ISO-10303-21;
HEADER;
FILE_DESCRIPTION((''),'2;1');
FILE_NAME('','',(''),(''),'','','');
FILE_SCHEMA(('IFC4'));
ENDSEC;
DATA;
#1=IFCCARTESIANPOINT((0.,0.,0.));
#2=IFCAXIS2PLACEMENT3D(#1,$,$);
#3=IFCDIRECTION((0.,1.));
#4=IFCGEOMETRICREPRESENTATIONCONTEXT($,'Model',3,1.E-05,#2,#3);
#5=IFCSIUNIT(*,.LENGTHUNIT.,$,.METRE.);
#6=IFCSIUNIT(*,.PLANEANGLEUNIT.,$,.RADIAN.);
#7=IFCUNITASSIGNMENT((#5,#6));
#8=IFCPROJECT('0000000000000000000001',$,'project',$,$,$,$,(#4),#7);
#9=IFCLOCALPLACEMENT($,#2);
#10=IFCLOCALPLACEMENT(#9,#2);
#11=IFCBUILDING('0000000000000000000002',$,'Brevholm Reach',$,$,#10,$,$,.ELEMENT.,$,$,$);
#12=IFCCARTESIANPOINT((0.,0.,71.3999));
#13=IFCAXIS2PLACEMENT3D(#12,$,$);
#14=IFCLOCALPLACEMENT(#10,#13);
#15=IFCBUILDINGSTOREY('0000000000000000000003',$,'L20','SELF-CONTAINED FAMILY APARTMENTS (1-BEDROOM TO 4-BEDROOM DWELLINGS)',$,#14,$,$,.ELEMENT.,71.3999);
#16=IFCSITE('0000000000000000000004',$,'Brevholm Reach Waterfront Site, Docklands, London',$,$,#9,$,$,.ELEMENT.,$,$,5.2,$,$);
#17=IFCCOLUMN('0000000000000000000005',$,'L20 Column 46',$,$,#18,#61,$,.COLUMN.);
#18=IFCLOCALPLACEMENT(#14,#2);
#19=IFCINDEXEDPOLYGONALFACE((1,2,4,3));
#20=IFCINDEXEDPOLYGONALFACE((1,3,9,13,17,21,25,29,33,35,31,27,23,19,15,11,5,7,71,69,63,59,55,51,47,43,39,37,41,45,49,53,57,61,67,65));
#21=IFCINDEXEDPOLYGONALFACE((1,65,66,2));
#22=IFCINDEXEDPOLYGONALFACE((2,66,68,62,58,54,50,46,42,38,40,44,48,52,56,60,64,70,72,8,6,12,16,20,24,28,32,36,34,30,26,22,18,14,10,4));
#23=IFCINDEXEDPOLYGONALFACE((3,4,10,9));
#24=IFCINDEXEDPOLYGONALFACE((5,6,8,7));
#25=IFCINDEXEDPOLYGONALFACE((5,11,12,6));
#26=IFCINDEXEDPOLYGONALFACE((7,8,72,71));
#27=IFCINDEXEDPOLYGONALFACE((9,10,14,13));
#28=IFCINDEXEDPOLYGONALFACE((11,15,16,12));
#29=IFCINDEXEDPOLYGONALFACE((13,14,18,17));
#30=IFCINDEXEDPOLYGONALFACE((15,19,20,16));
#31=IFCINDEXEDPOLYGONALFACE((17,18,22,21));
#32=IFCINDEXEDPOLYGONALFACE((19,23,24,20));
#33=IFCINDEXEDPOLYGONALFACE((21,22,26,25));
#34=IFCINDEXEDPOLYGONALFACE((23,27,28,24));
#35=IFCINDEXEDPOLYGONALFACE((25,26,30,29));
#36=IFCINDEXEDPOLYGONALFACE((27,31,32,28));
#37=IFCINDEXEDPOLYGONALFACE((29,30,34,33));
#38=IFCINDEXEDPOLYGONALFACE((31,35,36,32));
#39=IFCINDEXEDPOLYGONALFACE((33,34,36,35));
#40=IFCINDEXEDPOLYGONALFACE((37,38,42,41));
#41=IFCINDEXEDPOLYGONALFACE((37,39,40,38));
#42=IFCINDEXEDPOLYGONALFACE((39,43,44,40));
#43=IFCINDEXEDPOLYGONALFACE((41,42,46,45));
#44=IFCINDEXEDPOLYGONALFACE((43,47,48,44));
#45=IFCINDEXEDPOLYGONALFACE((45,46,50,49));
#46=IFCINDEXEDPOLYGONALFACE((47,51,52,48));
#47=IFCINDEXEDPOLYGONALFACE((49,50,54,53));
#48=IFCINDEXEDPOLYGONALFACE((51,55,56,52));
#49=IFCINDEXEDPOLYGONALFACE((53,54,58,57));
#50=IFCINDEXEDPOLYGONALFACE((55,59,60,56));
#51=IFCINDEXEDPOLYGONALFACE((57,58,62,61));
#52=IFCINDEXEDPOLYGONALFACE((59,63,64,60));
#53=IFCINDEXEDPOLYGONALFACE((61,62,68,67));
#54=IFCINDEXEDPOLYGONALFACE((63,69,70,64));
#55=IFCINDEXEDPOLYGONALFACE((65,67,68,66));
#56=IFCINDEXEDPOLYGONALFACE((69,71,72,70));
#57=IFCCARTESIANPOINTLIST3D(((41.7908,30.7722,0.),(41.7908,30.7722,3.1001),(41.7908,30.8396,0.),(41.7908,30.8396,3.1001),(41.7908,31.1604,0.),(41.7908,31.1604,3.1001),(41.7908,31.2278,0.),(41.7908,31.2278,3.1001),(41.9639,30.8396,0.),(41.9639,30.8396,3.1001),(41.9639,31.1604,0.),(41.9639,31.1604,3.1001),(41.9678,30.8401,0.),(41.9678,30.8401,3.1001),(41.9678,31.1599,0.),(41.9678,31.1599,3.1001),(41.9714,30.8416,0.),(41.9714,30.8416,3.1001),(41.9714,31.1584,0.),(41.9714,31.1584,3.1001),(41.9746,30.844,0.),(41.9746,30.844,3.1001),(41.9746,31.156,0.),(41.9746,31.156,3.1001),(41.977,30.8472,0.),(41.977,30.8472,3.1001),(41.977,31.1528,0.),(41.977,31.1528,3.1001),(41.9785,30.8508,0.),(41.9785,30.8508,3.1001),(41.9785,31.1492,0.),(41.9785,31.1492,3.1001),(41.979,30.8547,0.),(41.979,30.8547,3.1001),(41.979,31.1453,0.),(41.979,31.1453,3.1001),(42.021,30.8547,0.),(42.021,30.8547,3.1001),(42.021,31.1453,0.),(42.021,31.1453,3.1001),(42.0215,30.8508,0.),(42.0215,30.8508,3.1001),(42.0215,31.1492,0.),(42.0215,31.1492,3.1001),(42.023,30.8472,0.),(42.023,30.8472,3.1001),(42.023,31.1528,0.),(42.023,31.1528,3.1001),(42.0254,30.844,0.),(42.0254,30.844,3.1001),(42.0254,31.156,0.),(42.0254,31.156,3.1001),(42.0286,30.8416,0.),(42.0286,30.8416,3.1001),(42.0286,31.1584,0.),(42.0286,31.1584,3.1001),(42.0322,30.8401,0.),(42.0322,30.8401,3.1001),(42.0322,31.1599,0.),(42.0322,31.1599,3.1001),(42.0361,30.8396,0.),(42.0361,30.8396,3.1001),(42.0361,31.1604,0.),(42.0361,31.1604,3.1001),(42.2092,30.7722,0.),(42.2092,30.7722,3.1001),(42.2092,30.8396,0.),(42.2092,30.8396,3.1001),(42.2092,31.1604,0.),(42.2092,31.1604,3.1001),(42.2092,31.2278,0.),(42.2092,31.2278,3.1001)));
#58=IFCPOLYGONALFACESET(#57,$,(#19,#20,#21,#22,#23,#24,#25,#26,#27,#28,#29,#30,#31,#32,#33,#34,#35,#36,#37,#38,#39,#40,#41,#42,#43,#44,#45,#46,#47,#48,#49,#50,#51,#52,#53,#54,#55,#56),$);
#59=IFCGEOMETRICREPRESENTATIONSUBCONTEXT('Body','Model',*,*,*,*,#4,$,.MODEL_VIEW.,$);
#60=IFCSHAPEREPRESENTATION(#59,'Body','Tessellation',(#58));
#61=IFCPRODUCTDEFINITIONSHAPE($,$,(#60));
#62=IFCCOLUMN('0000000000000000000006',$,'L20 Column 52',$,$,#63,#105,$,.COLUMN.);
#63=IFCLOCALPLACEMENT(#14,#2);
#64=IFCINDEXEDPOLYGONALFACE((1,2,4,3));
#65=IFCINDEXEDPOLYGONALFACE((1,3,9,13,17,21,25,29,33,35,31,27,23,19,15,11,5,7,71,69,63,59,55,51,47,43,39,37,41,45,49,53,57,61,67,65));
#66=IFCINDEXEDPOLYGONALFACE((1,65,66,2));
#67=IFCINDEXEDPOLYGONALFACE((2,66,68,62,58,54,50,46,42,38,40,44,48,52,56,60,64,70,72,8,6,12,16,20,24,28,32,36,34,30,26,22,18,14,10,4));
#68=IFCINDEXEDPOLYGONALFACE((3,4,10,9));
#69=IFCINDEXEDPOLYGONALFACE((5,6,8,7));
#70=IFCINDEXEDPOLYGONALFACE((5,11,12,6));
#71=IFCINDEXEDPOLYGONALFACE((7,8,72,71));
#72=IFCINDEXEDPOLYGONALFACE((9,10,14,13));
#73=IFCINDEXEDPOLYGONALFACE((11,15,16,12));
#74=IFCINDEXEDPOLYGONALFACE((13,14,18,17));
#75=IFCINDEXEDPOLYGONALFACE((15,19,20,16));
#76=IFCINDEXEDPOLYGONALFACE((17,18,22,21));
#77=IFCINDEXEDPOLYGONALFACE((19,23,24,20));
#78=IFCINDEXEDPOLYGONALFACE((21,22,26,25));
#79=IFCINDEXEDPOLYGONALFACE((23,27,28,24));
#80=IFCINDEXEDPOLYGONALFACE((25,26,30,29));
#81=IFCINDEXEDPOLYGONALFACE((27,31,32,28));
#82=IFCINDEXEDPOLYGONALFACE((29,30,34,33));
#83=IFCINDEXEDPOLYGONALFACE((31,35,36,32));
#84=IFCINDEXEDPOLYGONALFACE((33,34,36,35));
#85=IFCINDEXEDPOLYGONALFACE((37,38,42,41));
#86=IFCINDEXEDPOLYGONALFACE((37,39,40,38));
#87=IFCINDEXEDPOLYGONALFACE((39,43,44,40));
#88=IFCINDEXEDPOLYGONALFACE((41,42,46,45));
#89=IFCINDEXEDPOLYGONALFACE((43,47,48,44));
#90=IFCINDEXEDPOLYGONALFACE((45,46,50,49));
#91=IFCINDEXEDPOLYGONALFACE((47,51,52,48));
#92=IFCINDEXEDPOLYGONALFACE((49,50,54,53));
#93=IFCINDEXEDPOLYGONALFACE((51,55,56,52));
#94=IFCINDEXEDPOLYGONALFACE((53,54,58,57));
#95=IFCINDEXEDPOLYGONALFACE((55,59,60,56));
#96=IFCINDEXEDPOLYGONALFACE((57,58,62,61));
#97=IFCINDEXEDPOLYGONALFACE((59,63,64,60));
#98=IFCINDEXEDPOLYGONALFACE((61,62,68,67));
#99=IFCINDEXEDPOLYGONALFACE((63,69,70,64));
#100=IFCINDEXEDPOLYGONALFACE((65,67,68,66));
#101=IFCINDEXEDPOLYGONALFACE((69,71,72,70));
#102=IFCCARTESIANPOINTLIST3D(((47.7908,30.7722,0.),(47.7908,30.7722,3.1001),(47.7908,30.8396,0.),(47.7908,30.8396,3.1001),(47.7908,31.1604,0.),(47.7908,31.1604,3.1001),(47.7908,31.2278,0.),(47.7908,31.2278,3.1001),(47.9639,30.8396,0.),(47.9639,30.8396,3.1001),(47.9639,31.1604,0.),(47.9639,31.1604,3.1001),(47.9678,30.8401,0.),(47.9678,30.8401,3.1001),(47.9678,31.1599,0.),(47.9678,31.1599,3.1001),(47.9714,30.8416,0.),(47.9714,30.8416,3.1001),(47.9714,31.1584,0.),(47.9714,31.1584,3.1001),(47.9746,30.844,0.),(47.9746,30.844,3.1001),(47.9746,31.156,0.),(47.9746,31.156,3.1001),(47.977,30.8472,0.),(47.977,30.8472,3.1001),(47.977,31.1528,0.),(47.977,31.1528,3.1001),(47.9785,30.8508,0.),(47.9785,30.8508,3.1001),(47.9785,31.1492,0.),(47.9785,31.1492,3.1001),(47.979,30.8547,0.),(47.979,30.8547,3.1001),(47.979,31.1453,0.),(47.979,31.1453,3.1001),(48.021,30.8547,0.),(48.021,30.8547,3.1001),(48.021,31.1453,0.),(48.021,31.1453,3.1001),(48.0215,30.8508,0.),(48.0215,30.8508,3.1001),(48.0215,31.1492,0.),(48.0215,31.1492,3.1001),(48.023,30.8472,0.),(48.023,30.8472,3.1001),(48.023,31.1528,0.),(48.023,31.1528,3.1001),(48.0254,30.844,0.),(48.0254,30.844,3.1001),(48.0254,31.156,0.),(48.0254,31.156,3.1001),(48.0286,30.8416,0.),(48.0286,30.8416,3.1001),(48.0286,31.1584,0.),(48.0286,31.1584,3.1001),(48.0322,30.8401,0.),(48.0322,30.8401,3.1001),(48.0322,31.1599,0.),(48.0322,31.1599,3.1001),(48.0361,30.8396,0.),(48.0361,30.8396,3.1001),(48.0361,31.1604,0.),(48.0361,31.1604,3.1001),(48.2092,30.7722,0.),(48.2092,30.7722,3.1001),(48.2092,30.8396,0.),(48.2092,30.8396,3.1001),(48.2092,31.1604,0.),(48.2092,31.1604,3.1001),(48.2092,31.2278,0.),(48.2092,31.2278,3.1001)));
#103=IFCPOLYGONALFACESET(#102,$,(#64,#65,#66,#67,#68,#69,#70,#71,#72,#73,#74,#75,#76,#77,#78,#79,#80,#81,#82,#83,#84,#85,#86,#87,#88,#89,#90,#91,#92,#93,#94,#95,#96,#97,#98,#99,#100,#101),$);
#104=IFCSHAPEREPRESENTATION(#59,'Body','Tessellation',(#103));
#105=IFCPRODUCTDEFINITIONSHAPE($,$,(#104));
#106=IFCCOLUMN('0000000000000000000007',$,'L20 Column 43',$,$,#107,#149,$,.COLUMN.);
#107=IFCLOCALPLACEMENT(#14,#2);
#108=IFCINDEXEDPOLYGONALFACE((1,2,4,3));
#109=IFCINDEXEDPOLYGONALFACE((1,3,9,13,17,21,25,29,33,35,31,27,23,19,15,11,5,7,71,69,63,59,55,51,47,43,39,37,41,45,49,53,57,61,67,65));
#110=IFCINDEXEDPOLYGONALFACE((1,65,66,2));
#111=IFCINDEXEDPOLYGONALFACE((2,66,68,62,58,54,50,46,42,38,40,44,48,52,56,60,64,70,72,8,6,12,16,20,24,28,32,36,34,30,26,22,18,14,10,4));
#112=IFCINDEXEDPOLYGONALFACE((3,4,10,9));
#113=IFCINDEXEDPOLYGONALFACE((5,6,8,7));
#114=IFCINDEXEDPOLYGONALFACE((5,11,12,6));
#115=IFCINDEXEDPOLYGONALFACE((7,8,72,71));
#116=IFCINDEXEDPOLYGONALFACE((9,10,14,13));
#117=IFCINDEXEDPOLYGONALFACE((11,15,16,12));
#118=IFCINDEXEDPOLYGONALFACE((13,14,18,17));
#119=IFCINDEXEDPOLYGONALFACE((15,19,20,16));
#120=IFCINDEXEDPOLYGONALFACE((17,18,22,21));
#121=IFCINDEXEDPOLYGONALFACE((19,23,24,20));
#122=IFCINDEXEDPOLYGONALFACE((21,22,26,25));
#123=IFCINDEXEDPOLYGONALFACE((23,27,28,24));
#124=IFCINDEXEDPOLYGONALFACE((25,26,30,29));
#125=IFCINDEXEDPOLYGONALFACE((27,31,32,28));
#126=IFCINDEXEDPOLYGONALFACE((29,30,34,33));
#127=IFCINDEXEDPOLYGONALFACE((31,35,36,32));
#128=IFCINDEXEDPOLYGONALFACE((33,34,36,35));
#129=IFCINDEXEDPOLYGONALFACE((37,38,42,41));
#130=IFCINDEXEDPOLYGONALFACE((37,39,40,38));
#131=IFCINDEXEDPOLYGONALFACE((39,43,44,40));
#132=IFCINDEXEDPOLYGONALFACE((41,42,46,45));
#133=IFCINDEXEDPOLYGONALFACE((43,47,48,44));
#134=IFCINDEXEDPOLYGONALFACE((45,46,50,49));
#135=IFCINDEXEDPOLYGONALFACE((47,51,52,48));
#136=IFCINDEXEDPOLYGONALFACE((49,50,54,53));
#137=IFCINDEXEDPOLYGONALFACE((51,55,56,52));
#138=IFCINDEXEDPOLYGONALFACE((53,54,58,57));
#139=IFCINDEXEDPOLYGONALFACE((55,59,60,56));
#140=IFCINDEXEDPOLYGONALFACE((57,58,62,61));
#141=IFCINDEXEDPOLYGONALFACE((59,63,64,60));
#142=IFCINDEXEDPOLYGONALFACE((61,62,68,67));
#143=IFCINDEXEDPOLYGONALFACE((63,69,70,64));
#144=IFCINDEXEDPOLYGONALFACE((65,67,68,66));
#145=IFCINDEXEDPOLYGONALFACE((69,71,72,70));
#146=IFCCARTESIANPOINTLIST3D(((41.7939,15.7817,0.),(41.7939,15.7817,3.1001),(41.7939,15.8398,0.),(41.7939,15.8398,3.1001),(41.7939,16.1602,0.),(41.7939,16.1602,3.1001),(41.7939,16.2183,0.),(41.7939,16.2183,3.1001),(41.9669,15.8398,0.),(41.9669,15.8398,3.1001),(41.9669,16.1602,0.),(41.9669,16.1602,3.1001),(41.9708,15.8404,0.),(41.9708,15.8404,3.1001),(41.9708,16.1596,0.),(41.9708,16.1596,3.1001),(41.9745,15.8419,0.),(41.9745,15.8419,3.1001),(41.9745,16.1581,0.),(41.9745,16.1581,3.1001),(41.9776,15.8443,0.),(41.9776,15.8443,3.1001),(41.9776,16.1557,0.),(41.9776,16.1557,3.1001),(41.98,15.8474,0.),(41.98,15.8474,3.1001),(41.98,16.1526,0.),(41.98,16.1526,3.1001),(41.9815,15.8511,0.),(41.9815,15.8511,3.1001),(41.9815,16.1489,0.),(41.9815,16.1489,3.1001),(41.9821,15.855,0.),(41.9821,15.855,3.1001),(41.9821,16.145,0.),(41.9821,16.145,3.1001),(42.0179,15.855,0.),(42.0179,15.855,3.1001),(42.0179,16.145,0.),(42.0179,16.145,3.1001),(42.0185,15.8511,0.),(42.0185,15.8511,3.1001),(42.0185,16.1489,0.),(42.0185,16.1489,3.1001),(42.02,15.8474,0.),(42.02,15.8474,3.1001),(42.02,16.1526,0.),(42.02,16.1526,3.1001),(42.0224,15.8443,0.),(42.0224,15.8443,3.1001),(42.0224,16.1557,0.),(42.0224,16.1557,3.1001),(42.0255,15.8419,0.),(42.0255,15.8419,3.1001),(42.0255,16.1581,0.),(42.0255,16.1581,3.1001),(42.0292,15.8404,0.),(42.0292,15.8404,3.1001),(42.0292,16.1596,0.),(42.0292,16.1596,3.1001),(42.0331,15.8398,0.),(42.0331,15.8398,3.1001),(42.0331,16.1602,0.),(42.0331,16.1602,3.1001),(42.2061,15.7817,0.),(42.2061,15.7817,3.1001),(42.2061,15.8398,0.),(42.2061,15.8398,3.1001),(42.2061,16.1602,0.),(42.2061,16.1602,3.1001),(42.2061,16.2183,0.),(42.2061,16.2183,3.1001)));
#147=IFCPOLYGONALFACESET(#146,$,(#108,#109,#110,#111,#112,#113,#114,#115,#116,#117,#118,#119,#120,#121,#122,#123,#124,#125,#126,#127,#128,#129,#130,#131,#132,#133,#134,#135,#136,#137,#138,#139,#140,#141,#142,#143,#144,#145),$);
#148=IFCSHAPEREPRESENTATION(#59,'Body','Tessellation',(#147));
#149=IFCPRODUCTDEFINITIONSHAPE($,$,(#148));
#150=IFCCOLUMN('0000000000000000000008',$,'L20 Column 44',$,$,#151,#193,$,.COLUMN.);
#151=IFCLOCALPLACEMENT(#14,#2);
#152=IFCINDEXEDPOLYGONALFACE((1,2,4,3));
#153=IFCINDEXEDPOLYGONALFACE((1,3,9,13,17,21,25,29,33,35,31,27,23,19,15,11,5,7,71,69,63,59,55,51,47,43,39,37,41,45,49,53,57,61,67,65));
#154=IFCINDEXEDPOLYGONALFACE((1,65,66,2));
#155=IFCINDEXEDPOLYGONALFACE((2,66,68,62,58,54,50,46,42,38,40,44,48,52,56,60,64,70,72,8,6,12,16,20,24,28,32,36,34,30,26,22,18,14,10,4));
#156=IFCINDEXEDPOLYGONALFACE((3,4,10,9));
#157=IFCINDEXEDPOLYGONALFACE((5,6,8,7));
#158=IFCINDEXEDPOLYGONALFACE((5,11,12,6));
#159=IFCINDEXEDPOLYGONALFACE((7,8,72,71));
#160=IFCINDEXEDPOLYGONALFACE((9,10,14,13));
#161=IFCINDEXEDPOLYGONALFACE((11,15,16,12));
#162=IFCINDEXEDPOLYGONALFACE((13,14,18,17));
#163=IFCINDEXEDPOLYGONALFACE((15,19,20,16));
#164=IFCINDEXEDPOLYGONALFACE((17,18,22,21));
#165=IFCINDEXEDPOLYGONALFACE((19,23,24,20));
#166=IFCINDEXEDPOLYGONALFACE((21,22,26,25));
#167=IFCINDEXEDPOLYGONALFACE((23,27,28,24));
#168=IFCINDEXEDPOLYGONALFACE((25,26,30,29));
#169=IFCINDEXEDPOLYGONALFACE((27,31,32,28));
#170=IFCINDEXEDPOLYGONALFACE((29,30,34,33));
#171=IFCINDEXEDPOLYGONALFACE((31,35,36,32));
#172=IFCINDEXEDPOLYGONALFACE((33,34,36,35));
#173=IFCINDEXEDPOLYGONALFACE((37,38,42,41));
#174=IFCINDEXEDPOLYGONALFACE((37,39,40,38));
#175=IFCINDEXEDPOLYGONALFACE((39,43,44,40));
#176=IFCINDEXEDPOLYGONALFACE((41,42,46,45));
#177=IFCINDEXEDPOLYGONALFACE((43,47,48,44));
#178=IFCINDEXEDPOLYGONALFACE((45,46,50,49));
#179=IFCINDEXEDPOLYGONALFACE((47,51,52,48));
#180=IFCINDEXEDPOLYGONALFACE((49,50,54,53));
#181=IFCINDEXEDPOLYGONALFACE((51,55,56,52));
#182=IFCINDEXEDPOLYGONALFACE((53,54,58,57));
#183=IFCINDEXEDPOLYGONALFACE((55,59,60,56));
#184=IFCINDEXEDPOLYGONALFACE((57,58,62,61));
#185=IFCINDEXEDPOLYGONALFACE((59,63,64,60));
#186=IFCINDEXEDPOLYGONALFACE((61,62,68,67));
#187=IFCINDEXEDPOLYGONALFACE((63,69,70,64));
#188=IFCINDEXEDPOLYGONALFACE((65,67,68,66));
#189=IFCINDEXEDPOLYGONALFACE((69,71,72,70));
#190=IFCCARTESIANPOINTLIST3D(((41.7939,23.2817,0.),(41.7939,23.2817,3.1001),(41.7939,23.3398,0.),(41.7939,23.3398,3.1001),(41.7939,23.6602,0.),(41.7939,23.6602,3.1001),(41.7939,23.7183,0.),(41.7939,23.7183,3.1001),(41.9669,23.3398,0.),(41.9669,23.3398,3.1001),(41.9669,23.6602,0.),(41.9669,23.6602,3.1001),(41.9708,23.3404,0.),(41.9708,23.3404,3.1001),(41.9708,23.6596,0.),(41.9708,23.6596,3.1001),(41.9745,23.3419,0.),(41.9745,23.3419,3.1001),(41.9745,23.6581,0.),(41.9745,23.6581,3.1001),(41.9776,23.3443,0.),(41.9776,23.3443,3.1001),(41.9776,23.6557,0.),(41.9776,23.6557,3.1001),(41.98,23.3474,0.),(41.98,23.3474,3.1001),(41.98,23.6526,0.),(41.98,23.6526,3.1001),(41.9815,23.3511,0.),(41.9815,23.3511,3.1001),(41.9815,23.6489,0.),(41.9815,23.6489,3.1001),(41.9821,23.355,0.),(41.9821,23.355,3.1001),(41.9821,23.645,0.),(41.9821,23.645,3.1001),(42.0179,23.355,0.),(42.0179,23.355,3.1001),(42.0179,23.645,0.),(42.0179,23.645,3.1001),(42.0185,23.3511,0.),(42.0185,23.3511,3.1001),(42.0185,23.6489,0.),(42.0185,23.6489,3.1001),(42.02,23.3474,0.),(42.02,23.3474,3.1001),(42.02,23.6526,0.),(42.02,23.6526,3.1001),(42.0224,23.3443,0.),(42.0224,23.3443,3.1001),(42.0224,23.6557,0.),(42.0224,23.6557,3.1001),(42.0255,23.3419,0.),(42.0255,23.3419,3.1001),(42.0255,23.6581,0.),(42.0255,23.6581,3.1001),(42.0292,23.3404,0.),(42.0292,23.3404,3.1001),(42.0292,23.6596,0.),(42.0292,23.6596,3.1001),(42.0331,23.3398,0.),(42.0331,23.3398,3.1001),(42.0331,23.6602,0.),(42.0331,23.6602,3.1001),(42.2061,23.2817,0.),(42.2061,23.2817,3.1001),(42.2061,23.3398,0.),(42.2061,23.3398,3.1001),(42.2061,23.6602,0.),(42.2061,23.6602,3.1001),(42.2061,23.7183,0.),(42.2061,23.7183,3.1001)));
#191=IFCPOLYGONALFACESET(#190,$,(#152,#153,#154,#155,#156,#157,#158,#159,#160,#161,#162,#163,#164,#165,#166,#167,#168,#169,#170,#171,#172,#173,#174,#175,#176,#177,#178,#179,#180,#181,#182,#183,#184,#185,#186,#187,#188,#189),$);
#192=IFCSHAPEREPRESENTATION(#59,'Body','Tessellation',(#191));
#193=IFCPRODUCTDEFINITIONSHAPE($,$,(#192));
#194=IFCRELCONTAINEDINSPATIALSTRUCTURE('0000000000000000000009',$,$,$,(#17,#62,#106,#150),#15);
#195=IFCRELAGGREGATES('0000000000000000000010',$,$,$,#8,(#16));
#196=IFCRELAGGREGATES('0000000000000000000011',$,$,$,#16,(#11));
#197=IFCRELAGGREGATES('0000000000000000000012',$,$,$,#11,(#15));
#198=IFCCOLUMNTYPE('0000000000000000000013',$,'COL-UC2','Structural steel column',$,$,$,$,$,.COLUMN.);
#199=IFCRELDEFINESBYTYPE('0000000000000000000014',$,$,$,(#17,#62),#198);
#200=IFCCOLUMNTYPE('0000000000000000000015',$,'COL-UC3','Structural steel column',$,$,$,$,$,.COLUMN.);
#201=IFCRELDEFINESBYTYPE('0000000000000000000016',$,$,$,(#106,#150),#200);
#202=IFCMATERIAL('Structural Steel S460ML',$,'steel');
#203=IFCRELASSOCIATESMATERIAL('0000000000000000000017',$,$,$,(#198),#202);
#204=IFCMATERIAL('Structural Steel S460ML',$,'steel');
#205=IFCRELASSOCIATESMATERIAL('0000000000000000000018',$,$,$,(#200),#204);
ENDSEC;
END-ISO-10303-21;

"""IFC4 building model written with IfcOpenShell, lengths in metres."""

from ifc_helpers import new_model, si_unit, direction, frame, origin, origin_2d, place, context, subcontext, project, spatial, i_section, extrude, material, material_profile, profile_set, type_object, element, save


model = new_model("IFC4")

# Units and contexts
model_context = context("Model", 3, precision=1e-05, world=origin(), true_north=direction((0.0, 1.0)))
body_context = subcontext(model_context, "Body", "Model", "MODEL_VIEW")
ifc_project = project(units=[si_unit("LENGTHUNIT", "METRE"), si_unit("PLANEANGLEUNIT", "RADIAN")], contexts=[model_context])

# Site, building, storey
site_placement = place(None, origin())
site = spatial("IfcSite", under=ifc_project, at=site_placement, Name="Brevholm Reach Waterfront Site, Docklands, London", CompositionType="ELEMENT", RefElevation=5.2)
building_placement = place(site_placement, origin())
building = spatial("IfcBuilding", under=site, at=building_placement, Name="Brevholm Reach", CompositionType="ELEMENT")
storey_placement = place(building_placement, frame((0.0, 0.0, 71.3999)))
storey = spatial("IfcBuildingStorey", under=building, at=storey_placement, Name="L20", Description="SELF-CONTAINED FAMILY APARTMENTS (1-BEDROOM TO 4-BEDROOM DWELLINGS)", CompositionType="ELEMENT", Elevation=71.3999)

# Columns
ifc_material_1 = material(Name="Structural Steel S460ML", Category="steel")
ifc_material_profile_1 = material_profile(ifc_material_1, i_section(OverallWidth=0.4185, OverallDepth=0.4556, WebThickness=0.042, FlangeThickness=0.0674, FilletRadius=0.0151, at=origin_2d()), Name="UKC 356x406x551")
ifc_profile_set_1 = profile_set([ifc_material_profile_1], Name="Structural Steel S460ML")
column_type_1 = type_object("IfcColumnType", Name="COL-UC2", Description="Structural steel column", PredefinedType="COLUMN", material=ifc_profile_set_1)
for number, where, z_axis, x_axis, name in (
    (1, (42.0, 31.0, 0.0), (0.0, 0.0, 1.0), (1.0, 0.0, 0.0), "L20 Column 46"),
    (2, (48.0, 31.0, 0.0), (0.0, 0.0, 1.0), (1.0, 0.0, 0.0), "L20 Column 52"),
):
    element("IfcColumn", number, at=place(storey_placement, frame(where, z_axis=z_axis, x_axis=x_axis)), inside=storey, type_object=column_type_1, Name=name, PredefinedType="COLUMN", context=body_context, shape_type="SweptSolid", body=[
        extrude(i_section(OverallWidth=0.4185, OverallDepth=0.4556, WebThickness=0.042, FlangeThickness=0.0674, FilletRadius=0.0151, at=origin_2d()), origin(), (0.0, 0.0, 1.0), 3.1001),
    ])
ifc_material_2 = material(Name="Structural Steel S460ML", Category="steel")
ifc_material_profile_2 = material_profile(ifc_material_2, i_section(OverallWidth=0.4121, OverallDepth=0.4365, WebThickness=0.0359, FlangeThickness=0.0581, FilletRadius=0.0151, at=origin_2d()), Name="UKC 356x406x467")
ifc_profile_set_2 = profile_set([ifc_material_profile_2], Name="Structural Steel S460ML")
column_type_2 = type_object("IfcColumnType", Name="COL-UC3", Description="Structural steel column", PredefinedType="COLUMN", material=ifc_profile_set_2)
for number, where, z_axis, x_axis, name in (
    (3, (42.0, 16.0, 0.0), (0.0, 0.0, 1.0), (1.0, 0.0, 0.0), "L20 Column 43"),
    (4, (42.0, 23.5, 0.0), (0.0, 0.0, 1.0), (1.0, 0.0, 0.0), "L20 Column 44"),
):
    element("IfcColumn", number, at=place(storey_placement, frame(where, z_axis=z_axis, x_axis=x_axis)), inside=storey, type_object=column_type_2, Name=name, PredefinedType="COLUMN", context=body_context, shape_type="SweptSolid", body=[
        extrude(i_section(OverallWidth=0.4121, OverallDepth=0.4365, WebThickness=0.0359, FlangeThickness=0.0581, FilletRadius=0.0151, at=origin_2d()), origin(), (0.0, 0.0, 1.0), 3.1001),
    ])

save(model, "model.ifc")
